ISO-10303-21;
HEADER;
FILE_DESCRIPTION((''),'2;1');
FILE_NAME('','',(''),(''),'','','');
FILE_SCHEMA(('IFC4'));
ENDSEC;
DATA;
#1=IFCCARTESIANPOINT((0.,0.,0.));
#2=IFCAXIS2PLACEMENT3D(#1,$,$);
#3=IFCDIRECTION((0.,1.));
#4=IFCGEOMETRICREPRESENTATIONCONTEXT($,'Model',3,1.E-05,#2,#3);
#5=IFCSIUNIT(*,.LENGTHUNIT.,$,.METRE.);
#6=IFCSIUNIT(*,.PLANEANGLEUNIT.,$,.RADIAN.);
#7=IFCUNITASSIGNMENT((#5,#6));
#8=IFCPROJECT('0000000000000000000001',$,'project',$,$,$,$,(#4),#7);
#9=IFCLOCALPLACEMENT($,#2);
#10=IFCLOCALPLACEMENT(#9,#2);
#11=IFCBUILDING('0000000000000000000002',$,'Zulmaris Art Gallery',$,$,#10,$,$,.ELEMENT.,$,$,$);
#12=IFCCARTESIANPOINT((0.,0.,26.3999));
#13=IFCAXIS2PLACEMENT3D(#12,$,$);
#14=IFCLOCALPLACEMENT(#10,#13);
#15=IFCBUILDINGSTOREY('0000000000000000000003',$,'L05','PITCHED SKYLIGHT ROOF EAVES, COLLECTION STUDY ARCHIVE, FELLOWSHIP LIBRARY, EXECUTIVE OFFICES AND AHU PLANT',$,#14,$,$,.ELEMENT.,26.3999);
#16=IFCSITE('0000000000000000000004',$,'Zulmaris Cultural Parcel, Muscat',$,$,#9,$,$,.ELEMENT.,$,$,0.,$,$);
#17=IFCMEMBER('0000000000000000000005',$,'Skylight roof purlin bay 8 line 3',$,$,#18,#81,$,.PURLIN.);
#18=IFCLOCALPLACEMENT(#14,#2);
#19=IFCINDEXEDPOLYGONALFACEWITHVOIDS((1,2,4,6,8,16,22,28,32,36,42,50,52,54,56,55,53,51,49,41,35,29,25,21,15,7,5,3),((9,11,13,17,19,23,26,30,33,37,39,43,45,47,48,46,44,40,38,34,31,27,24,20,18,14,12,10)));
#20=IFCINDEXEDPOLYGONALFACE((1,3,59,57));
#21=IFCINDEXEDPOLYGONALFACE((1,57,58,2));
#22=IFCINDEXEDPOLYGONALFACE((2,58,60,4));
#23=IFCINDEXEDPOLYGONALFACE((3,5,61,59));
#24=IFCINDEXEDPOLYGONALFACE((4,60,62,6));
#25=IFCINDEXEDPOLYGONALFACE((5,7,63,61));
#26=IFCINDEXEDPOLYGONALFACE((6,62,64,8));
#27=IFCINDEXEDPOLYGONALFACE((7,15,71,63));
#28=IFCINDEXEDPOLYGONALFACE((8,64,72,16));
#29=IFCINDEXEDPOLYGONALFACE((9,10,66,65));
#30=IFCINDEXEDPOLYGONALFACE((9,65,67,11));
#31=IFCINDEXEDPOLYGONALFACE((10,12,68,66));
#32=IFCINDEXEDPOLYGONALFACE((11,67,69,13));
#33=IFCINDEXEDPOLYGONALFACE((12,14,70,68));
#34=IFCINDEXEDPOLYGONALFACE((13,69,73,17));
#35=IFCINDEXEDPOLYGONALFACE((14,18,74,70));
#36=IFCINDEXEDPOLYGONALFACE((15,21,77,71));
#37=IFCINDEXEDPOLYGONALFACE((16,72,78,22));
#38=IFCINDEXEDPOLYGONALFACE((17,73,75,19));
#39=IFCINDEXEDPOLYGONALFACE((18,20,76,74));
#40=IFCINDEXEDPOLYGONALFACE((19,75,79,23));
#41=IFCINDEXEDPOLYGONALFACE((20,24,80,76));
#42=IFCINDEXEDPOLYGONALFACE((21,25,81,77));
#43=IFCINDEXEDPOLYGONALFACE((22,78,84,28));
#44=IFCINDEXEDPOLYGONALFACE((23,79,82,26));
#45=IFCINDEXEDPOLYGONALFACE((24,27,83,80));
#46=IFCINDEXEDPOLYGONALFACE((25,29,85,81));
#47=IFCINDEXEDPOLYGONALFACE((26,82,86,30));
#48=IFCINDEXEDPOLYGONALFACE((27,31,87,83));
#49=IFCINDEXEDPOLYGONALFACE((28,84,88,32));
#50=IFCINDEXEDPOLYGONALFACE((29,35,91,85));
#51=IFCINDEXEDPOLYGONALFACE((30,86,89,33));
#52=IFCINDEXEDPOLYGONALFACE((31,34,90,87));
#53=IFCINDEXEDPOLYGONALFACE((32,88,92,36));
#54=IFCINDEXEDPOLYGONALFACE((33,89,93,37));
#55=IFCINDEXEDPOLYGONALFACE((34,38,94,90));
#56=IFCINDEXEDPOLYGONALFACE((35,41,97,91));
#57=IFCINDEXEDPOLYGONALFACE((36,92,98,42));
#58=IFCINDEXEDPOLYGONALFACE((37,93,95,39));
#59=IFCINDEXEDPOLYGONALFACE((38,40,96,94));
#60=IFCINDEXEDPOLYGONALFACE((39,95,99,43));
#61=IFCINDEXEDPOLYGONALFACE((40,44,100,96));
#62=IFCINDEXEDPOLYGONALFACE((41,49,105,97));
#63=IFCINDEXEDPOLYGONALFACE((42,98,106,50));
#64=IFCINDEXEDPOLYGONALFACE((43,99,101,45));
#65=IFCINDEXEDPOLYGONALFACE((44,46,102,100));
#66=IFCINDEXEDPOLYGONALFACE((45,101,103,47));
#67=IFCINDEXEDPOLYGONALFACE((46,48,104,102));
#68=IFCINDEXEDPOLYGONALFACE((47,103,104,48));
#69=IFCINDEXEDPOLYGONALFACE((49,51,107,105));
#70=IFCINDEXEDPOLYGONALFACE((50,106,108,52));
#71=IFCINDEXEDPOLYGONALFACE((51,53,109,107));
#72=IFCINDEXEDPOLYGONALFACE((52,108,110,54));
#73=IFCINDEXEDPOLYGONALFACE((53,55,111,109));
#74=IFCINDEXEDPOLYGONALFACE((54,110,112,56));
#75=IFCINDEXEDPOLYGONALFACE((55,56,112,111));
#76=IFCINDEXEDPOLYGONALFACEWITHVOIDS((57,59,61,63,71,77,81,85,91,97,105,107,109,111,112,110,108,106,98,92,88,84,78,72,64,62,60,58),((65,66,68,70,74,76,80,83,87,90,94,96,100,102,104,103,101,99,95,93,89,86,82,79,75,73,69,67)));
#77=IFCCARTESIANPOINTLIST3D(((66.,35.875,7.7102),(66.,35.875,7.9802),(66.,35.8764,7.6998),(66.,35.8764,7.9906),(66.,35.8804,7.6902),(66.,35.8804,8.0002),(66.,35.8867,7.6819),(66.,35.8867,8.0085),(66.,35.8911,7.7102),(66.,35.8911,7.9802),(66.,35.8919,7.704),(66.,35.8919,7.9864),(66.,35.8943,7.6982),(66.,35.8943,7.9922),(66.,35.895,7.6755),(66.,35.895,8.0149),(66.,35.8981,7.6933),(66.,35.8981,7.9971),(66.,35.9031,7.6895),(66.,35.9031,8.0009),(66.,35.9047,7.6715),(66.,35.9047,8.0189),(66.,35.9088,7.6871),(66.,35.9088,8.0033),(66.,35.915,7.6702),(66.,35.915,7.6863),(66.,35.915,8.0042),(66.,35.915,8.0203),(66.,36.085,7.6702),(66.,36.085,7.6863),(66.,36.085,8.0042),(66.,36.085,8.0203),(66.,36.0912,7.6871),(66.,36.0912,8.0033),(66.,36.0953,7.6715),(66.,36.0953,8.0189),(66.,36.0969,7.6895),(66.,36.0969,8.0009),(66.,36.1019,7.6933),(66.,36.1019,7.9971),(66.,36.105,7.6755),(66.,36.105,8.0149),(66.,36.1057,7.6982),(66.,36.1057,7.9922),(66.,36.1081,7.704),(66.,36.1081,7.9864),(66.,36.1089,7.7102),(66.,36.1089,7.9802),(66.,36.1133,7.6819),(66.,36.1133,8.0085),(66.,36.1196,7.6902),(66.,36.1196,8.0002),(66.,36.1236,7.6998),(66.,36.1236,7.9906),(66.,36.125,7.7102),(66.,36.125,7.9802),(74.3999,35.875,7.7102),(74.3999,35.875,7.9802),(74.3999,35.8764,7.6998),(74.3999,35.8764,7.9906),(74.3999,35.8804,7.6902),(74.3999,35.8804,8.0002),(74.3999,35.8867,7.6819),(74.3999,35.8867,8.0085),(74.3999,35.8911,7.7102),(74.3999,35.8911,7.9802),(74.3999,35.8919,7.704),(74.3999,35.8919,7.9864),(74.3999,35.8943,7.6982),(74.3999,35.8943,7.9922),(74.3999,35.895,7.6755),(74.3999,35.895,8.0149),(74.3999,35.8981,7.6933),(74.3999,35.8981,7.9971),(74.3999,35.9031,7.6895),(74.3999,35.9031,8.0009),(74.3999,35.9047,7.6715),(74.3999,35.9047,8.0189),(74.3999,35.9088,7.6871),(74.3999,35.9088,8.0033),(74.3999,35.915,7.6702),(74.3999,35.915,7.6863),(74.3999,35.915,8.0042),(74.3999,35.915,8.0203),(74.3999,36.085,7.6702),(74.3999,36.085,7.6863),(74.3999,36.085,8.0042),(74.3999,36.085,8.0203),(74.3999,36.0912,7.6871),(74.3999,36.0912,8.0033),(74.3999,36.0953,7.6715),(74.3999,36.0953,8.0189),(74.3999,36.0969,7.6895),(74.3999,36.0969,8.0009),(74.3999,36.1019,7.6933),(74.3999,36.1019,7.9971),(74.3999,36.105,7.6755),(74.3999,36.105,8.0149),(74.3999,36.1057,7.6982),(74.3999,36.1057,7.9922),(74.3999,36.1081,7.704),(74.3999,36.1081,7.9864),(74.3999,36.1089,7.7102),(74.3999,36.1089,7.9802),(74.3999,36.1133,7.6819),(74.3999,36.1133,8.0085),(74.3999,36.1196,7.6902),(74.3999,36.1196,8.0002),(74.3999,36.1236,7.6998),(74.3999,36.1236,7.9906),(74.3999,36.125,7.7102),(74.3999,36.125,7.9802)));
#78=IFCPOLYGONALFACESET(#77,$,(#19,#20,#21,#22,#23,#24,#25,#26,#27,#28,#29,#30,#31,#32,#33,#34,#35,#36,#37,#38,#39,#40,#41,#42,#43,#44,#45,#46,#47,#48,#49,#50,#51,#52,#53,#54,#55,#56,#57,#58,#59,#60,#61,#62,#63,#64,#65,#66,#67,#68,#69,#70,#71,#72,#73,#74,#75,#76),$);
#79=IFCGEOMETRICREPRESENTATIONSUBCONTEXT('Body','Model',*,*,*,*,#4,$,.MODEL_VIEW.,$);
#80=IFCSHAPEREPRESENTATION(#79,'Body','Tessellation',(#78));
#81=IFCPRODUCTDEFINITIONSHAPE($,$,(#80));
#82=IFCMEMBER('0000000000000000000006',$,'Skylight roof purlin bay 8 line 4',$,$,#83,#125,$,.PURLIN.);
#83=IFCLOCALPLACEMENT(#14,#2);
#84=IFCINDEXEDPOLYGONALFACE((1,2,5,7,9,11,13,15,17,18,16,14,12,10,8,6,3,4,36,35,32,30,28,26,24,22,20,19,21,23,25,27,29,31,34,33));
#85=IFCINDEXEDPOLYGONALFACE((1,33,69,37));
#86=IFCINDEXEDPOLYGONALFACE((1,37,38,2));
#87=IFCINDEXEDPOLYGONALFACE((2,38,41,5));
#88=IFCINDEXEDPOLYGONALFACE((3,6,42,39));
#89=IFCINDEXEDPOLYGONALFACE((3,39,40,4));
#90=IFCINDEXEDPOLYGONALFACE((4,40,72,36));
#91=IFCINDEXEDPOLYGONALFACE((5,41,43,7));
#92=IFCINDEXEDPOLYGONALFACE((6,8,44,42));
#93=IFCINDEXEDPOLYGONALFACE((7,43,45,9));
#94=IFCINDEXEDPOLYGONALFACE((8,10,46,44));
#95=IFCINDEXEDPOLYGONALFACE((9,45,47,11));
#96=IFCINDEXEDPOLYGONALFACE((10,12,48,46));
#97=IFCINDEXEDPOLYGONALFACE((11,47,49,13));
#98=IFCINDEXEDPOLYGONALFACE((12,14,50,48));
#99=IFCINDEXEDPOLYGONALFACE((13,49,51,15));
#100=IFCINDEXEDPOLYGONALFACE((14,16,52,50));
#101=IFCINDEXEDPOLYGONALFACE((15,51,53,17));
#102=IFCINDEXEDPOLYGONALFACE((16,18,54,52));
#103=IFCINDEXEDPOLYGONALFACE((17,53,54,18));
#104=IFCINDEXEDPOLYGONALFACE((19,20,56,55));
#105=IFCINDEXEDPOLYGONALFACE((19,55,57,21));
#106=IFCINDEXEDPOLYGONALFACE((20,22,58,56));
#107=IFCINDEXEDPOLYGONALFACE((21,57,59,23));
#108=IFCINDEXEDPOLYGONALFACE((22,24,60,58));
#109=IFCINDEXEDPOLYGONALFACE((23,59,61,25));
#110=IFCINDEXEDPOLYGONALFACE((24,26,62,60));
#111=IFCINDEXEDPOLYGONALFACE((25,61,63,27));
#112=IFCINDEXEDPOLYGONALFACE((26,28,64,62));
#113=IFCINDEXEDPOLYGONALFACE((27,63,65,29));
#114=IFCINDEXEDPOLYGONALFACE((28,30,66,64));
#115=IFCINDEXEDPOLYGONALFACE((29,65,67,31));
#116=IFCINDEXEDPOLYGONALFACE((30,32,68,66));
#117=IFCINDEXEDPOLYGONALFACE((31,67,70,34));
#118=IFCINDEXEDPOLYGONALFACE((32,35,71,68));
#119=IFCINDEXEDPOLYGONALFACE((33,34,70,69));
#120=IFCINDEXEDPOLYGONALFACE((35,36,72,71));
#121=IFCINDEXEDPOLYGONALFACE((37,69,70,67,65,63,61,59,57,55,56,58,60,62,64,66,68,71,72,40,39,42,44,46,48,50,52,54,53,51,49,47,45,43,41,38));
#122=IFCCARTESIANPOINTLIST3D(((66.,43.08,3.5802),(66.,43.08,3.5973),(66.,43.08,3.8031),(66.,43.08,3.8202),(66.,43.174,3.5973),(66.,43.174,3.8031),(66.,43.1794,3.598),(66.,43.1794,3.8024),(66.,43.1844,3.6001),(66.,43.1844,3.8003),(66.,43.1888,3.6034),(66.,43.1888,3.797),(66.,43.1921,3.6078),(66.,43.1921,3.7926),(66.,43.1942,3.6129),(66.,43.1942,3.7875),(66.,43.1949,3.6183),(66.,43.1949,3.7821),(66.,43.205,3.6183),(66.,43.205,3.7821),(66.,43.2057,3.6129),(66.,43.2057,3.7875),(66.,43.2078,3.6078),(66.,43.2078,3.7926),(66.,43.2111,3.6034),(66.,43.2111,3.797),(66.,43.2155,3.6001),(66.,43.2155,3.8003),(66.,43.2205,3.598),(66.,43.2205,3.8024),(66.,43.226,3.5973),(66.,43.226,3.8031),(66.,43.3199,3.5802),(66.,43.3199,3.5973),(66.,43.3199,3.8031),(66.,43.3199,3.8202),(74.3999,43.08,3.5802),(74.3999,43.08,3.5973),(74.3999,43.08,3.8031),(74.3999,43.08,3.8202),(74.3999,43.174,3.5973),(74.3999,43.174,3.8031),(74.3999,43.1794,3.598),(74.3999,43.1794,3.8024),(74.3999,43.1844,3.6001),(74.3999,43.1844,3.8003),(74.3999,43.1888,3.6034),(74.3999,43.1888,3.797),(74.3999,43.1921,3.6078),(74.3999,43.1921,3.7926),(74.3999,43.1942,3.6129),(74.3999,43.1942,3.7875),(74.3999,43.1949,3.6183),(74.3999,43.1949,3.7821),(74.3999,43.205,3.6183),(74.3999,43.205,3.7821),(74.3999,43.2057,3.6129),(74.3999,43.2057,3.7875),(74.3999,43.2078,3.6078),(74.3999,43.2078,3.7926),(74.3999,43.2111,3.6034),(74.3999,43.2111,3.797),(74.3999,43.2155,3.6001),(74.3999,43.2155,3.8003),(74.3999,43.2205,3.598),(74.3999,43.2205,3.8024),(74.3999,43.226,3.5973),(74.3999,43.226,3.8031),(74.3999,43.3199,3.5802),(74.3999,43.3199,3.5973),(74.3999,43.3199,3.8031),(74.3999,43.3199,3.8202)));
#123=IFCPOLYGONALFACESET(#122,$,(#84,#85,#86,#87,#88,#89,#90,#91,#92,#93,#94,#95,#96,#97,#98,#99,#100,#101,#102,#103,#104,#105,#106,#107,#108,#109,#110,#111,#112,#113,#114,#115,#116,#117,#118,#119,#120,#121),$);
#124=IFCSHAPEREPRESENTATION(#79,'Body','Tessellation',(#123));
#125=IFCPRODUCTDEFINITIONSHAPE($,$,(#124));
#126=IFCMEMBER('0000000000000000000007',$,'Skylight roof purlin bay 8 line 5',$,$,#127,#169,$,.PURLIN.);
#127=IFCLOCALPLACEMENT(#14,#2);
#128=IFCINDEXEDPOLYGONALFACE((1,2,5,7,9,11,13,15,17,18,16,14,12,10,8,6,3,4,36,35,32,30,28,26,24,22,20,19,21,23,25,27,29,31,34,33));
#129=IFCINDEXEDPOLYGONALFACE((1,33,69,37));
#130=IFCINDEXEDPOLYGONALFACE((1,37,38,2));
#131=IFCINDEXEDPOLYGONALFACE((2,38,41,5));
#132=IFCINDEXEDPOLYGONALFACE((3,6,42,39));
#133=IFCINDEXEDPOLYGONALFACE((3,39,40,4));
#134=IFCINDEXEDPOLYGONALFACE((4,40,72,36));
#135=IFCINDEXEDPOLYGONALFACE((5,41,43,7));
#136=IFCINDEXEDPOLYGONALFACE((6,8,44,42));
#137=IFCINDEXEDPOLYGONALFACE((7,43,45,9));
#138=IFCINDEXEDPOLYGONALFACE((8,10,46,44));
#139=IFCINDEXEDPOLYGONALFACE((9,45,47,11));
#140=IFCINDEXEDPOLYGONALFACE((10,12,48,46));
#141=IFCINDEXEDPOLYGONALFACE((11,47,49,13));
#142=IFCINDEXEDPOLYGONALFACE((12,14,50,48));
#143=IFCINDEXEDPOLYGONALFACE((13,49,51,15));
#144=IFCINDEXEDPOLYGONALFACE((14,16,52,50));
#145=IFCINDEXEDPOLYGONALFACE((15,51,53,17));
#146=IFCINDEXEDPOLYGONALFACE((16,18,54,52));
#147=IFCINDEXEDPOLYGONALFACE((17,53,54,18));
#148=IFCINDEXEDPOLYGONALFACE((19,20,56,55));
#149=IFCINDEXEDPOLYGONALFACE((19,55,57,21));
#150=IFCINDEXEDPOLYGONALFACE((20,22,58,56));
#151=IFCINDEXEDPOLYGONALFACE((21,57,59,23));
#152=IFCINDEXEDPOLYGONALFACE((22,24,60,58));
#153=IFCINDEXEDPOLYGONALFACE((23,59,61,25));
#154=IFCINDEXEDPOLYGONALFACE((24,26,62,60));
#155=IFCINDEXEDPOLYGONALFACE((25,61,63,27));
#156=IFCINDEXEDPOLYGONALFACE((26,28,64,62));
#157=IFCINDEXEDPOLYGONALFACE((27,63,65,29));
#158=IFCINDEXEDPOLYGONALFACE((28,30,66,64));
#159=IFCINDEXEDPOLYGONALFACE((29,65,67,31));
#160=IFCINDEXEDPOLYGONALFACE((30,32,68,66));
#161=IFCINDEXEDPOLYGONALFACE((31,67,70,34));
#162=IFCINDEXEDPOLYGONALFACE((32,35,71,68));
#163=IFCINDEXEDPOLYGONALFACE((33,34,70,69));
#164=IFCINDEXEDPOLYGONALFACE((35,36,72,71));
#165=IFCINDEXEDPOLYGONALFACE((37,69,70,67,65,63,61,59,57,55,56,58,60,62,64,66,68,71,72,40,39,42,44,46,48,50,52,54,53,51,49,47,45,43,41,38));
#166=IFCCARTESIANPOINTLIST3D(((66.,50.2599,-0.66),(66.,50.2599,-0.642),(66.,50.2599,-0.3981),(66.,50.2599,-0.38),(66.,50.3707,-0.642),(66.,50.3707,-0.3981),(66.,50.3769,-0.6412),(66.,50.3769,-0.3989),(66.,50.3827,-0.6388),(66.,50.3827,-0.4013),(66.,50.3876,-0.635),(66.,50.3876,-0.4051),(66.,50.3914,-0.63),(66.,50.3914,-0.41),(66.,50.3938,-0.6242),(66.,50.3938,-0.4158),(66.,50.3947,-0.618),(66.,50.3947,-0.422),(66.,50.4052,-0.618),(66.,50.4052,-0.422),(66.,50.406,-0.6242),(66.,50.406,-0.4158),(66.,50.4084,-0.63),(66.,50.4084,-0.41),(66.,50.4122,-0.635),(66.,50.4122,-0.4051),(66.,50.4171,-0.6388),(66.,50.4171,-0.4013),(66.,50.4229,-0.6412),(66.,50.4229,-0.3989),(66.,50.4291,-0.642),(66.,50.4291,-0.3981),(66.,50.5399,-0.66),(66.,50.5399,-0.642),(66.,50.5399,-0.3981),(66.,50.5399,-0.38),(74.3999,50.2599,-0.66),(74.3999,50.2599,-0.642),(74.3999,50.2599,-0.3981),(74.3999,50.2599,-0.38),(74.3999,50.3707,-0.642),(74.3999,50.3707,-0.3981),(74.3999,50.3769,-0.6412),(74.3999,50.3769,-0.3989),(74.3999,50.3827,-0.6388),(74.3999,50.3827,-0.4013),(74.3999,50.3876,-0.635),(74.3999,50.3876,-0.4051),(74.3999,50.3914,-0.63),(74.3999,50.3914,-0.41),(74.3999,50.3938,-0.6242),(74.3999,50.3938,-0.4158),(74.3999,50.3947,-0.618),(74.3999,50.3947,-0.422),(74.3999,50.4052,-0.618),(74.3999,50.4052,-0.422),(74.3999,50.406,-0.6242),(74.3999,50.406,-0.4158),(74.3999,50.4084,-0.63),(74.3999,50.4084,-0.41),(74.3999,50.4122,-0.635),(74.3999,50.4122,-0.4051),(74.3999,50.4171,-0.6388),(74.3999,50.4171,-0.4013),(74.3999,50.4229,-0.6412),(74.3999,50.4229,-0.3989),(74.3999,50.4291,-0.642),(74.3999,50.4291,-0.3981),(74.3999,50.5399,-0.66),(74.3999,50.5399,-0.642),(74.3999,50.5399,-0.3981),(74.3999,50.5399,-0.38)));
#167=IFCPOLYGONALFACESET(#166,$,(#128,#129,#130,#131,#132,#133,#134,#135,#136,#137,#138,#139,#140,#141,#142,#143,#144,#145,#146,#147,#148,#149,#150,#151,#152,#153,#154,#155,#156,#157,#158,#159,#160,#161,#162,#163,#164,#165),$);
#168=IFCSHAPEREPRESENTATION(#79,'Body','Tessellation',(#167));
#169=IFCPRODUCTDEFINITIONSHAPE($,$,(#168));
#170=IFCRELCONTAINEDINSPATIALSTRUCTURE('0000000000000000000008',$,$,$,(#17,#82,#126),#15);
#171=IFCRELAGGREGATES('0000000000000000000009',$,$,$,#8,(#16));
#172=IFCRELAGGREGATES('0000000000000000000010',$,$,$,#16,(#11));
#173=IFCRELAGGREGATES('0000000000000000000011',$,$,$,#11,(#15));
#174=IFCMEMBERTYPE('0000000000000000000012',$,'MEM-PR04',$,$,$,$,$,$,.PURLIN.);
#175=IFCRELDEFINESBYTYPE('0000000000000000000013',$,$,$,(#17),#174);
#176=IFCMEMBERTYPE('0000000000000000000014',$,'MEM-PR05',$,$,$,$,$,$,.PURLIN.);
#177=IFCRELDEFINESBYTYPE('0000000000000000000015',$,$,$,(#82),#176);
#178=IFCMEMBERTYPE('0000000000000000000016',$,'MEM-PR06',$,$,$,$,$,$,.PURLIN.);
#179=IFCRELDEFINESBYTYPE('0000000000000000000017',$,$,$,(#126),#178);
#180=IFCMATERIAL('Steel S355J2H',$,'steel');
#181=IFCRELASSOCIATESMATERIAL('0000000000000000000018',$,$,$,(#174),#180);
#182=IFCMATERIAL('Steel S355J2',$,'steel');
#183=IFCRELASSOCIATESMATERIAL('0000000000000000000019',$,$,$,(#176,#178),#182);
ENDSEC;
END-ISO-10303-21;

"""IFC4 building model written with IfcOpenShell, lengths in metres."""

from ifc_helpers import new_model, si_unit, direction, frame, origin, origin_2d, place, context, subcontext, project, spatial, hollow_rectangle, i_section, extrude, material, material_profile, profile_set, type_object, element, save


model = new_model("IFC4")

# Units and contexts
model_context = context("Model", 3, precision=1e-05, world=origin(), true_north=direction((0.0, 1.0)))
body_context = subcontext(model_context, "Body", "Model", "MODEL_VIEW")
ifc_project = project(units=[si_unit("LENGTHUNIT", "METRE"), si_unit("PLANEANGLEUNIT", "RADIAN")], contexts=[model_context])

# Site, building, storey
site_placement = place(None, origin())
site = spatial("IfcSite", under=ifc_project, at=site_placement, Name="Zulmaris Cultural Parcel, Muscat", CompositionType="ELEMENT", RefElevation=0.0)
building_placement = place(site_placement, origin())
building = spatial("IfcBuilding", under=site, at=building_placement, Name="Zulmaris Art Gallery", CompositionType="ELEMENT")
storey_placement = place(building_placement, frame((0.0, 0.0, 26.3999)))
storey = spatial("IfcBuildingStorey", under=building, at=storey_placement, Name="L05", Description="PITCHED SKYLIGHT ROOF EAVES, COLLECTION STUDY ARCHIVE, FELLOWSHIP LIBRARY, EXECUTIVE OFFICES AND AHU PLANT", CompositionType="ELEMENT", Elevation=26.3999)

# Members
ifc_material_1 = material(Name="Steel S355J2H", Category="steel")
ifc_material_profile_1 = material_profile(ifc_material_1, hollow_rectangle(XDim=0.25, YDim=0.3501, WallThickness=0.0161, InnerFilletRadius=0.0239, OuterFilletRadius=0.04, at=origin_2d()), Name="RHS 350x250x16")
ifc_profile_set_1 = profile_set([ifc_material_profile_1], Name="Steel S355J2H")
member_type_1 = type_object("IfcMemberType", Name="MEM-PR04", PredefinedType="PURLIN", material=ifc_profile_set_1)
member_1_placement = place(storey_placement, frame((66.0, 36.0, 7.8452), z_axis=(1.0, 0.0, 0.0), x_axis=(0.0, 1.0, 0.0)))
element("IfcMember", 1, at=member_1_placement, inside=storey, type_object=member_type_1, Name="Skylight roof purlin bay 8 line 3", PredefinedType="PURLIN", context=body_context, shape_type="SweptSolid", body=[
    extrude(hollow_rectangle(XDim=0.25, YDim=0.3501, WallThickness=0.0161, InnerFilletRadius=0.0239, OuterFilletRadius=0.04, at=origin_2d()), origin(), (0.0, 0.0, 1.0), 8.3999),
])
ifc_material_2 = material(Name="Steel S355J2", Category="steel")
ifc_material_profile_2 = material_profile(ifc_material_2, i_section(OverallWidth=0.24, OverallDepth=0.24, WebThickness=0.01, FlangeThickness=0.0171, FilletRadius=0.021, at=origin_2d()), Name="HEB 240")
ifc_profile_set_2 = profile_set([ifc_material_profile_2], Name="Steel S355J2")
member_type_2 = type_object("IfcMemberType", Name="MEM-PR05", PredefinedType="PURLIN", material=ifc_profile_set_2)
member_2_placement = place(storey_placement, frame((66.0, 43.2, 3.7002), z_axis=(1.0, 0.0, 0.0), x_axis=(0.0, 1.0, 0.0)))
element("IfcMember", 2, at=member_2_placement, inside=storey, type_object=member_type_2, Name="Skylight roof purlin bay 8 line 4", PredefinedType="PURLIN", context=body_context, shape_type="SweptSolid", body=[
    extrude(i_section(OverallWidth=0.24, OverallDepth=0.24, WebThickness=0.01, FlangeThickness=0.0171, FilletRadius=0.021, at=origin_2d()), origin(), (0.0, 0.0, 1.0), 8.3999),
])
ifc_material_profile_3 = material_profile(ifc_material_2, i_section(OverallWidth=0.28, OverallDepth=0.28, WebThickness=0.0105, FlangeThickness=0.0181, FilletRadius=0.0239, at=origin_2d()), Name="HEB 280")
ifc_profile_set_3 = profile_set([ifc_material_profile_3], Name="Steel S355J2")
member_type_3 = type_object("IfcMemberType", Name="MEM-PR06", PredefinedType="PURLIN", material=ifc_profile_set_3)
member_3_placement = place(storey_placement, frame((66.0, 50.3999, -0.52), z_axis=(1.0, 0.0, 0.0), x_axis=(0.0, 1.0, 0.0)))
element("IfcMember", 3, at=member_3_placement, inside=storey, type_object=member_type_3, Name="Skylight roof purlin bay 8 line 5", PredefinedType="PURLIN", context=body_context, shape_type="SweptSolid", body=[
    extrude(i_section(OverallWidth=0.28, OverallDepth=0.28, WebThickness=0.0105, FlangeThickness=0.0181, FilletRadius=0.0239, at=origin_2d()), origin(), (0.0, 0.0, 1.0), 8.3999),
])

save(model, "model.ifc")
